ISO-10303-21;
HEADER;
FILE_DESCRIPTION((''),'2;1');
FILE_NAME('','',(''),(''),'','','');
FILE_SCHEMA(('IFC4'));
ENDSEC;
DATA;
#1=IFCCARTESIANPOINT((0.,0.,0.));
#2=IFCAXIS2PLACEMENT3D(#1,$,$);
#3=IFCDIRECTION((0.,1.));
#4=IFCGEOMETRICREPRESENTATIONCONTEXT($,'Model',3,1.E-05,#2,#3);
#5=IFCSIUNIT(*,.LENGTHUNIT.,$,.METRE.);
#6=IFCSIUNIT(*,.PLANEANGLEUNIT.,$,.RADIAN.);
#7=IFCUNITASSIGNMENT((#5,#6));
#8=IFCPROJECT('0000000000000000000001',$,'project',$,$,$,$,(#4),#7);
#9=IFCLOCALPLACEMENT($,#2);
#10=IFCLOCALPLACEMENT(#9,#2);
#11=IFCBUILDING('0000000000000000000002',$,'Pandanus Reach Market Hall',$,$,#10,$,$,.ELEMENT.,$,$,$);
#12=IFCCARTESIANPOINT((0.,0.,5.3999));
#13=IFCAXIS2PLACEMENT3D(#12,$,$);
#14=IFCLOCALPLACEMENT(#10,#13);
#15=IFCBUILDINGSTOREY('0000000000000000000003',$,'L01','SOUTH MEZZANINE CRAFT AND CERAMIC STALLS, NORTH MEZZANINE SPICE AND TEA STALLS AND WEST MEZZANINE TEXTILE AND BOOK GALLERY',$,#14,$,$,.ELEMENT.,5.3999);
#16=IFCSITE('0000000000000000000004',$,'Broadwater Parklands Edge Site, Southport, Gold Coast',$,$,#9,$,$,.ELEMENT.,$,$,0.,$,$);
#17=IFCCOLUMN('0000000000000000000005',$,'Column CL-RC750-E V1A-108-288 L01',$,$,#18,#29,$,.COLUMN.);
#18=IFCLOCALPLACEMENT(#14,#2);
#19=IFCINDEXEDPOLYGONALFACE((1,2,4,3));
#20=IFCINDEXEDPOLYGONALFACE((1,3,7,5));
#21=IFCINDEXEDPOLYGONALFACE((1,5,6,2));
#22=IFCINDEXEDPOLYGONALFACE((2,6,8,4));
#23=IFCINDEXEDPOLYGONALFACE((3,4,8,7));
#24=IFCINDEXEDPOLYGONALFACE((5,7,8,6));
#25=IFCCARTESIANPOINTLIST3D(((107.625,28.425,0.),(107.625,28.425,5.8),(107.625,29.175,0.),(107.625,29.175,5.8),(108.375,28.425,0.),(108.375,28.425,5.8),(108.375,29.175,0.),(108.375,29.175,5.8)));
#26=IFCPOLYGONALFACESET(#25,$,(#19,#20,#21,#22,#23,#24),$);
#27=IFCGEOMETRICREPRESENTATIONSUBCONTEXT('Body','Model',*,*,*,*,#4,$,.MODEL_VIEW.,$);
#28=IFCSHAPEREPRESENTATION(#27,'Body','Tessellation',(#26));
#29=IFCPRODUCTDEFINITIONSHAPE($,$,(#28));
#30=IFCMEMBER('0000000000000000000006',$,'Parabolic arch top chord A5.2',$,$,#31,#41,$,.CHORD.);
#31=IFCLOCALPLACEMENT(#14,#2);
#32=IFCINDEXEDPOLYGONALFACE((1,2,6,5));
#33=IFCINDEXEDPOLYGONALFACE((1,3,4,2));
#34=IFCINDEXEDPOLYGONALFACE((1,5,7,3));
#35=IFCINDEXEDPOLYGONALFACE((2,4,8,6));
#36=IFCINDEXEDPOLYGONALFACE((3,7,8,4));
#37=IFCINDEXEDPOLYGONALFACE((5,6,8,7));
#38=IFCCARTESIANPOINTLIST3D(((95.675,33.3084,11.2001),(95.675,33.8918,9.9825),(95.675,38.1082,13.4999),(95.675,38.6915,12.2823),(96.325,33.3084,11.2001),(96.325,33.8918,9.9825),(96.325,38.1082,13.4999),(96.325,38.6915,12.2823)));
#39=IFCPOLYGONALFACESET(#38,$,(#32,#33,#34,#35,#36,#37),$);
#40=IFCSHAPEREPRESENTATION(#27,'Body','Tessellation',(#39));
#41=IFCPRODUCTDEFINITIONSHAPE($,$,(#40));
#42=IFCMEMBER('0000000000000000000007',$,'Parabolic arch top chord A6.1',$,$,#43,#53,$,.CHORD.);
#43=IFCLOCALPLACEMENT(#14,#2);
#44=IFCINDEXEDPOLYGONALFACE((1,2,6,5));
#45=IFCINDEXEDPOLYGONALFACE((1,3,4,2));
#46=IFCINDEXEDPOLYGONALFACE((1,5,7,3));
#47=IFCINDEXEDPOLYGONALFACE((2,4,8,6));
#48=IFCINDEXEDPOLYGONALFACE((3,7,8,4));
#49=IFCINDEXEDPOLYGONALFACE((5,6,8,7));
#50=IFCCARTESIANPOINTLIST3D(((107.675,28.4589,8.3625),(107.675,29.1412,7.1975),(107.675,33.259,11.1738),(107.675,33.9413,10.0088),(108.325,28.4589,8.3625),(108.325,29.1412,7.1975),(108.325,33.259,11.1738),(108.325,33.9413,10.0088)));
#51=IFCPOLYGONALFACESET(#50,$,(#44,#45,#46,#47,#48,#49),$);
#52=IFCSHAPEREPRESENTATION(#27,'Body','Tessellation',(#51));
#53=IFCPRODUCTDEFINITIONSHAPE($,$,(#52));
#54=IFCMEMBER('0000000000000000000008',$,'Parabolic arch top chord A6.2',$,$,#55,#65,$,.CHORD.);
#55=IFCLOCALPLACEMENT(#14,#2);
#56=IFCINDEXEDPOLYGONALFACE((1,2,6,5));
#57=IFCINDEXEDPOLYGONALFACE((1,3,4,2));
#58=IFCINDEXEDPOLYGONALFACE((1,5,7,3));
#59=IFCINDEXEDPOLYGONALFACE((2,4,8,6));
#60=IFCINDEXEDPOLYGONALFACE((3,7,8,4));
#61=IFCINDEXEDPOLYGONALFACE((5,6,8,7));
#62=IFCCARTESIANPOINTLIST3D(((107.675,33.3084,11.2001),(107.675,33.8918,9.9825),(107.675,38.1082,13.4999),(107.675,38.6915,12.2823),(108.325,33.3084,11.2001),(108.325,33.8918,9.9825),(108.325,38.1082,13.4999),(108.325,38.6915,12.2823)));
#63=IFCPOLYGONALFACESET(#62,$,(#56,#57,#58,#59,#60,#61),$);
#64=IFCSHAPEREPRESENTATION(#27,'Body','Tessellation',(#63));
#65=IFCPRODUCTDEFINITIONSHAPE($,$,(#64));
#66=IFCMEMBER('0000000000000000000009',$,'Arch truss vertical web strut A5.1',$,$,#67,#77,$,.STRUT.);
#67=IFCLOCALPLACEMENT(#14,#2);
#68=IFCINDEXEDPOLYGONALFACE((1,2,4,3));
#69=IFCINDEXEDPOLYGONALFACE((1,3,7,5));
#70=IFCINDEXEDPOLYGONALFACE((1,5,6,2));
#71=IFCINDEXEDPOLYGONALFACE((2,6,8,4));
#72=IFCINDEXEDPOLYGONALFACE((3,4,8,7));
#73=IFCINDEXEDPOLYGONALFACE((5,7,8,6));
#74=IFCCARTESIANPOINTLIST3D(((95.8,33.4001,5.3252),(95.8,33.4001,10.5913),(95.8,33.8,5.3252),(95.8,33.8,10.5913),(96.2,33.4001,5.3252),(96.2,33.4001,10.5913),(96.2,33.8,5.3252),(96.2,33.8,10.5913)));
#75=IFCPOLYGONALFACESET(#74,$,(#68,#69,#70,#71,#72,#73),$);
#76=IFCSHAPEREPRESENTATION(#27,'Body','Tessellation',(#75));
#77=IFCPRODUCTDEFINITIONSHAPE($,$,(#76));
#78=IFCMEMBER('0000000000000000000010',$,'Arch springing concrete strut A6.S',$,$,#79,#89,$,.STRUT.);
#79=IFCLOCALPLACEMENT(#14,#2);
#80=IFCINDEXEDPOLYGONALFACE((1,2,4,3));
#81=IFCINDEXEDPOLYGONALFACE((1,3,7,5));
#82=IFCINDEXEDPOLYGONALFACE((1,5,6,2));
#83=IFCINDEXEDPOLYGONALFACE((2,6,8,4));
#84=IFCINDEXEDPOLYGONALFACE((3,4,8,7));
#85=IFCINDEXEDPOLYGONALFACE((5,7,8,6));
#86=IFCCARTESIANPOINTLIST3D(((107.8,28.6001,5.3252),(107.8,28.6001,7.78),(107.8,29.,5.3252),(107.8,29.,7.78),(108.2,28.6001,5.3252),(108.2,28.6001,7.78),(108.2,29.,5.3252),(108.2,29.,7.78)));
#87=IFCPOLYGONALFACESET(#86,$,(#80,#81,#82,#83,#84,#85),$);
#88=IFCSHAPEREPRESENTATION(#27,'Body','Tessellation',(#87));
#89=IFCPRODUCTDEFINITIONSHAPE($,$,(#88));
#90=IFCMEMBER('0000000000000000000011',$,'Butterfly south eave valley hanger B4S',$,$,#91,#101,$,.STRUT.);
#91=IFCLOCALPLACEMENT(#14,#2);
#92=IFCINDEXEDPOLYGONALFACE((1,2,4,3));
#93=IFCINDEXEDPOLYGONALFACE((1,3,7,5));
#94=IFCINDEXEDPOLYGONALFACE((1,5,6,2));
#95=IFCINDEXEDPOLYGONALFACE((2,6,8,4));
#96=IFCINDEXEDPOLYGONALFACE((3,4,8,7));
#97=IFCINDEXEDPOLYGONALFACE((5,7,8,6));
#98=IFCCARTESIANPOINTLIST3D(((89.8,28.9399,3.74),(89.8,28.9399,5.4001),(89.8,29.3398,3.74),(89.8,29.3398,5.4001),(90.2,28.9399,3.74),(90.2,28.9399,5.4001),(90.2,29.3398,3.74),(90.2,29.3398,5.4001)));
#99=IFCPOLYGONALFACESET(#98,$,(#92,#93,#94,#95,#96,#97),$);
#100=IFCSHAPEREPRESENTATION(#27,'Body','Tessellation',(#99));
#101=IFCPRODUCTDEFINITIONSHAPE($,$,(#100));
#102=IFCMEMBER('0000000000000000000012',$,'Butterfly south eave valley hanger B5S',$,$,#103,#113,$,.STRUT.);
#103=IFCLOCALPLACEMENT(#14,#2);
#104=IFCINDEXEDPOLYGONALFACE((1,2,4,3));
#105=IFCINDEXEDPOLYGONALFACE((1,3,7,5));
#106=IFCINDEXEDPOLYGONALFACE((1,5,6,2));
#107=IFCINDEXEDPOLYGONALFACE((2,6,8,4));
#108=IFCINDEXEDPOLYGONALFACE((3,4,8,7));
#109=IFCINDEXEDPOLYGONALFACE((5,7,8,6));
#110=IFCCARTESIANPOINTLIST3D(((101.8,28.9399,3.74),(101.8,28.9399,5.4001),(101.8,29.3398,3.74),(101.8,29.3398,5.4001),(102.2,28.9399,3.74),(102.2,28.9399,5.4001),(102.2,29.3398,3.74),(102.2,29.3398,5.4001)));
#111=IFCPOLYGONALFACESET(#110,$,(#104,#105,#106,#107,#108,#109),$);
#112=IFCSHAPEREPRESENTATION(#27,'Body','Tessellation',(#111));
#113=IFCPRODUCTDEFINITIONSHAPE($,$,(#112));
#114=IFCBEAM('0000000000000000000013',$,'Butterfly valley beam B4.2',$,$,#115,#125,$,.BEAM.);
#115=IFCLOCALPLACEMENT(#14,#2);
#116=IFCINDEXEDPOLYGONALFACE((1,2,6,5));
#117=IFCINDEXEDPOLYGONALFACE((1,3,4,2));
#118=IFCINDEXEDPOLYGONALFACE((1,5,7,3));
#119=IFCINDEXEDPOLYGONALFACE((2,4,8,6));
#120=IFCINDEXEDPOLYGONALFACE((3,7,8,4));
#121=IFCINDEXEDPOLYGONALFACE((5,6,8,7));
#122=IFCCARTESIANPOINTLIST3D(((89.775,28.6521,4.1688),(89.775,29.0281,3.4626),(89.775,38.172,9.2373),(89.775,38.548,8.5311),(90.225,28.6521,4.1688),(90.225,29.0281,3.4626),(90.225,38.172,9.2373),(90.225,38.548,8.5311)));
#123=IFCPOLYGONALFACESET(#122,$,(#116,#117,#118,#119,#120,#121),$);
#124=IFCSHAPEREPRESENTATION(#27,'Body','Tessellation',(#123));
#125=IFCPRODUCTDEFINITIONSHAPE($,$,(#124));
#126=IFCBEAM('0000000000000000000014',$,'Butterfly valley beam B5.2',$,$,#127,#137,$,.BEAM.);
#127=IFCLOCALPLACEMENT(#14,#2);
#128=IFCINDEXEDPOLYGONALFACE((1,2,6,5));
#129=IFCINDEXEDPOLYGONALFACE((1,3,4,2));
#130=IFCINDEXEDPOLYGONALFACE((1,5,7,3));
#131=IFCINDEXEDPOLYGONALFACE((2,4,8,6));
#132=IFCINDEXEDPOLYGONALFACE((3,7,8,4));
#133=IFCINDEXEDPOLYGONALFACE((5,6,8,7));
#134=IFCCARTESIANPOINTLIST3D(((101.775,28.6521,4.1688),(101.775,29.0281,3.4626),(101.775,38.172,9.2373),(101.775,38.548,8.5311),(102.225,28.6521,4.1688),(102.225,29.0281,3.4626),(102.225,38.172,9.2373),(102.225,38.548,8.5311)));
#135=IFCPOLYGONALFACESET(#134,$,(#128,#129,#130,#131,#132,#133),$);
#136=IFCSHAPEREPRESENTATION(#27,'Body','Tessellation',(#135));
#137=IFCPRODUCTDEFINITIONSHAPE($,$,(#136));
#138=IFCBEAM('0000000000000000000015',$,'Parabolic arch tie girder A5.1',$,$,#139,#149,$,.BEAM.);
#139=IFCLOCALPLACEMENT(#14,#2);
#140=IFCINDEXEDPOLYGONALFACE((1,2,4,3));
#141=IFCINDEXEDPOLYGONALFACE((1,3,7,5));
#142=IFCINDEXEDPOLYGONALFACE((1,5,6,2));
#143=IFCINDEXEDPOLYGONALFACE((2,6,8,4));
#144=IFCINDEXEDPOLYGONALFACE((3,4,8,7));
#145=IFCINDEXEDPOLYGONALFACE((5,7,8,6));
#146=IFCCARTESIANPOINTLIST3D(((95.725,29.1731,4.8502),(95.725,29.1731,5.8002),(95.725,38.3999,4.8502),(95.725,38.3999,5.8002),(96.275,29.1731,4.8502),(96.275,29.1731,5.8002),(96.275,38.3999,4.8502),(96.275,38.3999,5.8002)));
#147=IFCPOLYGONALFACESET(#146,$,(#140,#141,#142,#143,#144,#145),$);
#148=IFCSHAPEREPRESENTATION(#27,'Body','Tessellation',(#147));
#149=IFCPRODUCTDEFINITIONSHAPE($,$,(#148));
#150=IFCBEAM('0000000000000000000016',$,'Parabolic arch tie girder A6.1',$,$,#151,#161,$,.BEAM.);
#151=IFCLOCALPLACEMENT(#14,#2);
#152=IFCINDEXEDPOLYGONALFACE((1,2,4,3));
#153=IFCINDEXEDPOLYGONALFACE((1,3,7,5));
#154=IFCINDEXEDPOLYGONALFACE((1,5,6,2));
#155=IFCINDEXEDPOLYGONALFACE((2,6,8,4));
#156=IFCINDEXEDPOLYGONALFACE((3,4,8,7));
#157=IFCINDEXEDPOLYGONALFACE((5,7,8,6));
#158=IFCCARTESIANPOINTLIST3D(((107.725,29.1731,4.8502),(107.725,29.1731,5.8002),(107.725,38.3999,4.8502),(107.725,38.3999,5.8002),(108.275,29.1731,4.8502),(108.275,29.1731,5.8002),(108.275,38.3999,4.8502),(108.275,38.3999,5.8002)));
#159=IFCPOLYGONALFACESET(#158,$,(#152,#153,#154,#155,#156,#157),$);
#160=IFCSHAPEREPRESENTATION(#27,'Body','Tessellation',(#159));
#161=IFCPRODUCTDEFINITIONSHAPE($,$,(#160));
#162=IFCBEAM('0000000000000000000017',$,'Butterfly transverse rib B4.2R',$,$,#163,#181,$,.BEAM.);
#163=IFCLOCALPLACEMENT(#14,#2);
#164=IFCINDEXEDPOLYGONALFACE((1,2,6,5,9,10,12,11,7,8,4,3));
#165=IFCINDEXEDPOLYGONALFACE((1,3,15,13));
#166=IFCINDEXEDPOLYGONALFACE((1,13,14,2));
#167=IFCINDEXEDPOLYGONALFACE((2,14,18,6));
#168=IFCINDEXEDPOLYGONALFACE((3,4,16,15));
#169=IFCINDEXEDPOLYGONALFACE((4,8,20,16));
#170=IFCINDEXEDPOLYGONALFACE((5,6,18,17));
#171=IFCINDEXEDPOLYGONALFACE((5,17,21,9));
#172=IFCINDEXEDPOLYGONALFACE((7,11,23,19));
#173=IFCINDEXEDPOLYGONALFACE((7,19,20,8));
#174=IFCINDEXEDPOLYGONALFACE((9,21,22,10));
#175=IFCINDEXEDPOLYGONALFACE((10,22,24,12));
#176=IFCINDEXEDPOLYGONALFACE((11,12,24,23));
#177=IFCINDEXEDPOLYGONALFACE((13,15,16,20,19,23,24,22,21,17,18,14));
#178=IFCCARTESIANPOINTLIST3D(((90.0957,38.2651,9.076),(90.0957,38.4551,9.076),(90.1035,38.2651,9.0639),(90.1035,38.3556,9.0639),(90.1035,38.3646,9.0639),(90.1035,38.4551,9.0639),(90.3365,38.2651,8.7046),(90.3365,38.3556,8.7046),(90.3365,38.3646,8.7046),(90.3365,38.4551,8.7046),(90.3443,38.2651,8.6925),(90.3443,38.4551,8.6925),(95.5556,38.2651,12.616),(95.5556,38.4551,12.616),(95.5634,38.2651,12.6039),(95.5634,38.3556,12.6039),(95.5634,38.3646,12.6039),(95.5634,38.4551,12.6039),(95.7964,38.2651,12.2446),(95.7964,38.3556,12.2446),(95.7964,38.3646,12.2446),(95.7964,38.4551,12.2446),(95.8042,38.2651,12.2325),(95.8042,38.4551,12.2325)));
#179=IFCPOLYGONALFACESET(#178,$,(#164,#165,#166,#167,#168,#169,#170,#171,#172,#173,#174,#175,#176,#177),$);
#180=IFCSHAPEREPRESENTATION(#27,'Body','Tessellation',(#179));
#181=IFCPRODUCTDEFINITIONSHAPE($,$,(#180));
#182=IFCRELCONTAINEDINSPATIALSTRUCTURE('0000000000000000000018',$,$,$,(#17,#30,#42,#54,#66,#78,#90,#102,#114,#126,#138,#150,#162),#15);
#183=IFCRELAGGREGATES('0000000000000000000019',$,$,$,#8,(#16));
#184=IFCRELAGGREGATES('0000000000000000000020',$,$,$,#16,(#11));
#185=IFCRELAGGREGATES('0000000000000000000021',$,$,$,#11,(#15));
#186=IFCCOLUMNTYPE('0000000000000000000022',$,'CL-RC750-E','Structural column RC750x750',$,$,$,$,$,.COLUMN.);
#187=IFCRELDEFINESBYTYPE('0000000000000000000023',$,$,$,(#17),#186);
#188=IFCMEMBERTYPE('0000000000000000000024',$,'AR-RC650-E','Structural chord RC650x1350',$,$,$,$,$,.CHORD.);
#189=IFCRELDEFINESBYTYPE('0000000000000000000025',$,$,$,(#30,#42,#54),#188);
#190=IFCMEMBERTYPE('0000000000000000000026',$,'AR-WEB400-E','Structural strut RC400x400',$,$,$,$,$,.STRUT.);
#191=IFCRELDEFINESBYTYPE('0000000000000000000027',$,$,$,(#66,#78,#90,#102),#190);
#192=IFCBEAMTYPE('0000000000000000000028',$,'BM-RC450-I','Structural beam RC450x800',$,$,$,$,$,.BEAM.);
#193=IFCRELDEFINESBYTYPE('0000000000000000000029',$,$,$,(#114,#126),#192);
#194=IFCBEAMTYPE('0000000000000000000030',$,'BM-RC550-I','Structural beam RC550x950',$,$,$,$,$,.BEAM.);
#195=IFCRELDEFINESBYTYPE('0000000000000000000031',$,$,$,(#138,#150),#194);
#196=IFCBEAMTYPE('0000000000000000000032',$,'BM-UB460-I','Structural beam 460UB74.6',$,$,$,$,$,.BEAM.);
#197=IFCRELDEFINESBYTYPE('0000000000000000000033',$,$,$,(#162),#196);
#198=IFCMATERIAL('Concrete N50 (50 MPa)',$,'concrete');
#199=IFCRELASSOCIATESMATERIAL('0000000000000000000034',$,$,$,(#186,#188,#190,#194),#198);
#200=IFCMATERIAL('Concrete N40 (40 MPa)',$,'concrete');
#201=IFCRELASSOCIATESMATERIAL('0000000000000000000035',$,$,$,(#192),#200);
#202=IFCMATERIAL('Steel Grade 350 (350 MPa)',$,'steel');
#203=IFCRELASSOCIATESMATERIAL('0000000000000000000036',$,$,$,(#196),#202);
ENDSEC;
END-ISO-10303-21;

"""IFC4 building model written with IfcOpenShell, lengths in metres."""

from ifc_helpers import new_model, si_unit, direction, frame, origin, origin_2d, place, context, subcontext, project, spatial, rectangle, i_section, extrude, material, material_profile, profile_set, type_object, element, save


model = new_model("IFC4")

# Units and contexts
model_context = context("Model", 3, precision=1e-05, world=origin(), true_north=direction((0.0, 1.0)))
body_context = subcontext(model_context, "Body", "Model", "MODEL_VIEW")
ifc_project = project(units=[si_unit("LENGTHUNIT", "METRE"), si_unit("PLANEANGLEUNIT", "RADIAN")], contexts=[model_context])

# Site, building, storey
site_placement = place(None, origin())
site = spatial("IfcSite", under=ifc_project, at=site_placement, Name="Broadwater Parklands Edge Site, Southport, Gold Coast", CompositionType="ELEMENT", RefElevation=0.0)
building_placement = place(site_placement, origin())
building = spatial("IfcBuilding", under=site, at=building_placement, Name="Pandanus Reach Market Hall", CompositionType="ELEMENT")
storey_placement = place(building_placement, frame((0.0, 0.0, 5.3999)))
storey = spatial("IfcBuildingStorey", under=building, at=storey_placement, Name="L01", Description="SOUTH MEZZANINE CRAFT AND CERAMIC STALLS, NORTH MEZZANINE SPICE AND TEA STALLS AND WEST MEZZANINE TEXTILE AND BOOK GALLERY", CompositionType="ELEMENT", Elevation=5.3999)

# Column
ifc_material_1 = material(Name="Concrete N50 (50 MPa)", Category="concrete")
ifc_material_profile_1 = material_profile(ifc_material_1, rectangle(XDim=0.75, YDim=0.75, at=origin_2d()), Name="RC750x750", Category="LoadBearing")
ifc_profile_set_1 = profile_set([ifc_material_profile_1], Name="Concrete N50 (50 MPa)")
column_type = type_object("IfcColumnType", Name="CL-RC750-E", Description="Structural column RC750x750", PredefinedType="COLUMN", material=ifc_profile_set_1)
column_placement = place(storey_placement, frame((108.0, 28.8, 0.0), z_axis=(0.0, 0.0, 1.0), x_axis=(1.0, 0.0, 0.0)))
element("IfcColumn", 1, at=column_placement, inside=storey, type_object=column_type, Name="Column CL-RC750-E V1A-108-288 L01", PredefinedType="COLUMN", context=body_context, shape_type="SweptSolid", body=[
    extrude(rectangle(XDim=0.75, YDim=0.75, at=origin_2d()), origin(), (0.0, 0.0, 1.0), 5.8),
])

# Members
ifc_material_profile_2 = material_profile(ifc_material_1, rectangle(XDim=0.6499, YDim=1.3501, at=origin_2d()), Name="RC650x1350", Category="LoadBearing")
ifc_profile_set_2 = profile_set([ifc_material_profile_2], Name="Concrete N50 (50 MPa)")
member_type_1 = type_object("IfcMemberType", Name="AR-RC650-E", Description="Structural chord RC650x1350", PredefinedType="CHORD", material=ifc_profile_set_2)
member_1_placement = place(storey_placement, frame((96.0, 33.6001, 10.5913), z_axis=(0.0, 0.901823, 0.432105), x_axis=(-1.0, 0.0, 0.0)))
element("IfcMember", 2, at=member_1_placement, inside=storey, type_object=member_type_1, Name="Parabolic arch top chord A5.2", PredefinedType="CHORD", context=body_context, shape_type="SweptSolid", body=[
    extrude(rectangle(XDim=0.6499, YDim=1.3501, at=origin_2d()), origin(), (0.0, 0.0, 1.0), 5.3223),
])
member_2_placement = place(storey_placement, frame((108.0, 28.8, 7.78), z_axis=(0.0, 0.862897, 0.505379), x_axis=(-1.0, 0.0, 0.0)))
element("IfcMember", 3, at=member_2_placement, inside=storey, type_object=member_type_1, Name="Parabolic arch top chord A6.1", PredefinedType="CHORD", context=body_context, shape_type="SweptSolid", body=[
    extrude(rectangle(XDim=0.6499, YDim=1.3501, at=origin_2d()), origin(), (0.0, 0.0, 1.0), 5.5627),
])
member_3_placement = place(storey_placement, frame((108.0, 33.6001, 10.5913), z_axis=(0.0, 0.901823, 0.432105), x_axis=(-1.0, 0.0, 0.0)))
element("IfcMember", 4, at=member_3_placement, inside=storey, type_object=member_type_1, Name="Parabolic arch top chord A6.2", PredefinedType="CHORD", context=body_context, shape_type="SweptSolid", body=[
    extrude(rectangle(XDim=0.6499, YDim=1.3501, at=origin_2d()), origin(), (0.0, 0.0, 1.0), 5.3223),
])
ifc_material_profile_3 = material_profile(ifc_material_1, rectangle(XDim=0.3999, YDim=0.3999, at=origin_2d()), Name="RC400x400", Category="LoadBearing")
ifc_profile_set_3 = profile_set([ifc_material_profile_3], Name="Concrete N50 (50 MPa)")
member_type_2 = type_object("IfcMemberType", Name="AR-WEB400-E", Description="Structural strut RC400x400", PredefinedType="STRUT", material=ifc_profile_set_3)
member_4_placement = place(storey_placement, frame((96.0, 33.6001, 5.3252), z_axis=(0.0, 0.0, 1.0), x_axis=(1.0, 0.0, 0.0)))
element("IfcMember", 5, at=member_4_placement, inside=storey, type_object=member_type_2, Name="Arch truss vertical web strut A5.1", PredefinedType="STRUT", context=body_context, shape_type="SweptSolid", body=[
    extrude(rectangle(XDim=0.3999, YDim=0.3999, at=origin_2d()), origin(), (0.0, 0.0, 1.0), 5.2661),
])
member_5_placement = place(storey_placement, frame((108.0, 28.8, 5.3252), z_axis=(0.0, 0.0, 1.0), x_axis=(1.0, 0.0, 0.0)))
element("IfcMember", 6, at=member_5_placement, inside=storey, type_object=member_type_2, Name="Arch springing concrete strut A6.S", PredefinedType="STRUT", context=body_context, shape_type="SweptSolid", body=[
    extrude(rectangle(XDim=0.3999, YDim=0.3999, at=origin_2d()), origin(), (0.0, 0.0, 1.0), 2.4548),
])
for number, where, z_axis, x_axis, name in (
    (7, (90.0, 29.1399, 3.74), (0.0, 0.0, 1.0), (1.0, 0.0, 0.0), "Butterfly south eave valley hanger B4S"),
    (8, (102.0, 29.1399, 3.74), (0.0, 0.0, 1.0), (1.0, 0.0, 0.0), "Butterfly south eave valley hanger B5S"),
):
    element("IfcMember", number, at=place(storey_placement, frame(where, z_axis=z_axis, x_axis=x_axis)), inside=storey, type_object=member_type_2, Name=name, PredefinedType="STRUT", context=body_context, shape_type="SweptSolid", body=[
        extrude(rectangle(XDim=0.3999, YDim=0.3999, at=origin_2d()), origin(), (0.0, 0.0, 1.0), 1.6602),
    ])

# Beams
ifc_material_2 = material(Name="Concrete N40 (40 MPa)", Category="concrete")
ifc_material_profile_4 = material_profile(ifc_material_2, rectangle(XDim=0.45, YDim=0.8, at=origin_2d()), Name="RC450x800", Category="LoadBearing")
ifc_profile_set_4 = profile_set([ifc_material_profile_4], Name="Concrete N40 (40 MPa)")
beam_type_1 = type_object("IfcBeamType", Name="BM-RC450-I", Description="Structural beam RC450x800", PredefinedType="BEAM", material=ifc_profile_set_4)
for number, where, z_axis, x_axis, name in (
    (9, (90.0, 28.8401, 3.8157), (0.0, 0.882689, 0.469957), (-1.0, 0.0, 0.0), "Butterfly valley beam B4.2"),
    (10, (102.0, 28.8401, 3.8157), (0.0, 0.882689, 0.469957), (-1.0, 0.0, 0.0), "Butterfly valley beam B5.2"),
):
    element("IfcBeam", number, at=place(storey_placement, frame(where, z_axis=z_axis, x_axis=x_axis)), inside=storey, type_object=beam_type_1, Name=name, PredefinedType="BEAM", context=body_context, shape_type="SweptSolid", body=[
        extrude(rectangle(XDim=0.45, YDim=0.8, at=origin_2d()), origin(), (0.0, 0.0, 1.0), 10.7852),
    ])
ifc_material_profile_5 = material_profile(ifc_material_1, rectangle(XDim=0.55, YDim=0.95, at=origin_2d()), Name="RC550x950", Category="LoadBearing")
ifc_profile_set_5 = profile_set([ifc_material_profile_5], Name="Concrete N50 (50 MPa)")
beam_type_2 = type_object("IfcBeamType", Name="BM-RC550-I", Description="Structural beam RC550x950", PredefinedType="BEAM", material=ifc_profile_set_5)
for number, where, z_axis, x_axis, name in (
    (11, (96.0, 29.1731, 5.3252), (0.0, 1.0, 0.0), (-1.0, 0.0, 0.0), "Parabolic arch tie girder A5.1"),
    (12, (108.0, 29.1731, 5.3252), (0.0, 1.0, 0.0), (-1.0, 0.0, 0.0), "Parabolic arch tie girder A6.1"),
):
    element("IfcBeam", number, at=place(storey_placement, frame(where, z_axis=z_axis, x_axis=x_axis)), inside=storey, type_object=beam_type_2, Name=name, PredefinedType="BEAM", context=body_context, shape_type="SweptSolid", body=[
        extrude(rectangle(XDim=0.55, YDim=0.95, at=origin_2d()), origin(), (0.0, 0.0, 1.0), 9.2268),
    ])
ifc_material_3 = material(Name="Steel Grade 350 (350 MPa)", Category="steel")
ifc_material_profile_6 = material_profile(ifc_material_3, i_section(OverallWidth=0.1899, OverallDepth=0.457, WebThickness=0.009, FlangeThickness=0.0144, at=origin_2d()), Name="460UB74.6", Category="LoadBearing")
ifc_profile_set_6 = profile_set([ifc_material_profile_6], Name="Steel Grade 350 (350 MPa)")
beam_type_3 = type_object("IfcBeamType", Name="BM-UB460-I", Description="Structural beam 460UB74.6", PredefinedType="BEAM", material=ifc_profile_set_6)
for number, where, z_axis, x_axis, name in (
    (13, (90.22, 38.3601, 8.8843), (0.839071, 0.0, 0.544023), (0.0, 1.0, 0.0), "Butterfly transverse rib B4.2R"),
):
    element("IfcBeam", number, at=place(storey_placement, frame(where, z_axis=z_axis, x_axis=x_axis)), inside=storey, type_object=beam_type_3, Name=name, PredefinedType="BEAM", context=body_context, shape_type="SweptSolid", body=[
        extrude(i_section(OverallWidth=0.1899, OverallDepth=0.457, WebThickness=0.009, FlangeThickness=0.0144, at=origin_2d()), origin(), (0.0, 0.0, 1.0), 6.5071),
    ])

save(model, "model.ifc")
